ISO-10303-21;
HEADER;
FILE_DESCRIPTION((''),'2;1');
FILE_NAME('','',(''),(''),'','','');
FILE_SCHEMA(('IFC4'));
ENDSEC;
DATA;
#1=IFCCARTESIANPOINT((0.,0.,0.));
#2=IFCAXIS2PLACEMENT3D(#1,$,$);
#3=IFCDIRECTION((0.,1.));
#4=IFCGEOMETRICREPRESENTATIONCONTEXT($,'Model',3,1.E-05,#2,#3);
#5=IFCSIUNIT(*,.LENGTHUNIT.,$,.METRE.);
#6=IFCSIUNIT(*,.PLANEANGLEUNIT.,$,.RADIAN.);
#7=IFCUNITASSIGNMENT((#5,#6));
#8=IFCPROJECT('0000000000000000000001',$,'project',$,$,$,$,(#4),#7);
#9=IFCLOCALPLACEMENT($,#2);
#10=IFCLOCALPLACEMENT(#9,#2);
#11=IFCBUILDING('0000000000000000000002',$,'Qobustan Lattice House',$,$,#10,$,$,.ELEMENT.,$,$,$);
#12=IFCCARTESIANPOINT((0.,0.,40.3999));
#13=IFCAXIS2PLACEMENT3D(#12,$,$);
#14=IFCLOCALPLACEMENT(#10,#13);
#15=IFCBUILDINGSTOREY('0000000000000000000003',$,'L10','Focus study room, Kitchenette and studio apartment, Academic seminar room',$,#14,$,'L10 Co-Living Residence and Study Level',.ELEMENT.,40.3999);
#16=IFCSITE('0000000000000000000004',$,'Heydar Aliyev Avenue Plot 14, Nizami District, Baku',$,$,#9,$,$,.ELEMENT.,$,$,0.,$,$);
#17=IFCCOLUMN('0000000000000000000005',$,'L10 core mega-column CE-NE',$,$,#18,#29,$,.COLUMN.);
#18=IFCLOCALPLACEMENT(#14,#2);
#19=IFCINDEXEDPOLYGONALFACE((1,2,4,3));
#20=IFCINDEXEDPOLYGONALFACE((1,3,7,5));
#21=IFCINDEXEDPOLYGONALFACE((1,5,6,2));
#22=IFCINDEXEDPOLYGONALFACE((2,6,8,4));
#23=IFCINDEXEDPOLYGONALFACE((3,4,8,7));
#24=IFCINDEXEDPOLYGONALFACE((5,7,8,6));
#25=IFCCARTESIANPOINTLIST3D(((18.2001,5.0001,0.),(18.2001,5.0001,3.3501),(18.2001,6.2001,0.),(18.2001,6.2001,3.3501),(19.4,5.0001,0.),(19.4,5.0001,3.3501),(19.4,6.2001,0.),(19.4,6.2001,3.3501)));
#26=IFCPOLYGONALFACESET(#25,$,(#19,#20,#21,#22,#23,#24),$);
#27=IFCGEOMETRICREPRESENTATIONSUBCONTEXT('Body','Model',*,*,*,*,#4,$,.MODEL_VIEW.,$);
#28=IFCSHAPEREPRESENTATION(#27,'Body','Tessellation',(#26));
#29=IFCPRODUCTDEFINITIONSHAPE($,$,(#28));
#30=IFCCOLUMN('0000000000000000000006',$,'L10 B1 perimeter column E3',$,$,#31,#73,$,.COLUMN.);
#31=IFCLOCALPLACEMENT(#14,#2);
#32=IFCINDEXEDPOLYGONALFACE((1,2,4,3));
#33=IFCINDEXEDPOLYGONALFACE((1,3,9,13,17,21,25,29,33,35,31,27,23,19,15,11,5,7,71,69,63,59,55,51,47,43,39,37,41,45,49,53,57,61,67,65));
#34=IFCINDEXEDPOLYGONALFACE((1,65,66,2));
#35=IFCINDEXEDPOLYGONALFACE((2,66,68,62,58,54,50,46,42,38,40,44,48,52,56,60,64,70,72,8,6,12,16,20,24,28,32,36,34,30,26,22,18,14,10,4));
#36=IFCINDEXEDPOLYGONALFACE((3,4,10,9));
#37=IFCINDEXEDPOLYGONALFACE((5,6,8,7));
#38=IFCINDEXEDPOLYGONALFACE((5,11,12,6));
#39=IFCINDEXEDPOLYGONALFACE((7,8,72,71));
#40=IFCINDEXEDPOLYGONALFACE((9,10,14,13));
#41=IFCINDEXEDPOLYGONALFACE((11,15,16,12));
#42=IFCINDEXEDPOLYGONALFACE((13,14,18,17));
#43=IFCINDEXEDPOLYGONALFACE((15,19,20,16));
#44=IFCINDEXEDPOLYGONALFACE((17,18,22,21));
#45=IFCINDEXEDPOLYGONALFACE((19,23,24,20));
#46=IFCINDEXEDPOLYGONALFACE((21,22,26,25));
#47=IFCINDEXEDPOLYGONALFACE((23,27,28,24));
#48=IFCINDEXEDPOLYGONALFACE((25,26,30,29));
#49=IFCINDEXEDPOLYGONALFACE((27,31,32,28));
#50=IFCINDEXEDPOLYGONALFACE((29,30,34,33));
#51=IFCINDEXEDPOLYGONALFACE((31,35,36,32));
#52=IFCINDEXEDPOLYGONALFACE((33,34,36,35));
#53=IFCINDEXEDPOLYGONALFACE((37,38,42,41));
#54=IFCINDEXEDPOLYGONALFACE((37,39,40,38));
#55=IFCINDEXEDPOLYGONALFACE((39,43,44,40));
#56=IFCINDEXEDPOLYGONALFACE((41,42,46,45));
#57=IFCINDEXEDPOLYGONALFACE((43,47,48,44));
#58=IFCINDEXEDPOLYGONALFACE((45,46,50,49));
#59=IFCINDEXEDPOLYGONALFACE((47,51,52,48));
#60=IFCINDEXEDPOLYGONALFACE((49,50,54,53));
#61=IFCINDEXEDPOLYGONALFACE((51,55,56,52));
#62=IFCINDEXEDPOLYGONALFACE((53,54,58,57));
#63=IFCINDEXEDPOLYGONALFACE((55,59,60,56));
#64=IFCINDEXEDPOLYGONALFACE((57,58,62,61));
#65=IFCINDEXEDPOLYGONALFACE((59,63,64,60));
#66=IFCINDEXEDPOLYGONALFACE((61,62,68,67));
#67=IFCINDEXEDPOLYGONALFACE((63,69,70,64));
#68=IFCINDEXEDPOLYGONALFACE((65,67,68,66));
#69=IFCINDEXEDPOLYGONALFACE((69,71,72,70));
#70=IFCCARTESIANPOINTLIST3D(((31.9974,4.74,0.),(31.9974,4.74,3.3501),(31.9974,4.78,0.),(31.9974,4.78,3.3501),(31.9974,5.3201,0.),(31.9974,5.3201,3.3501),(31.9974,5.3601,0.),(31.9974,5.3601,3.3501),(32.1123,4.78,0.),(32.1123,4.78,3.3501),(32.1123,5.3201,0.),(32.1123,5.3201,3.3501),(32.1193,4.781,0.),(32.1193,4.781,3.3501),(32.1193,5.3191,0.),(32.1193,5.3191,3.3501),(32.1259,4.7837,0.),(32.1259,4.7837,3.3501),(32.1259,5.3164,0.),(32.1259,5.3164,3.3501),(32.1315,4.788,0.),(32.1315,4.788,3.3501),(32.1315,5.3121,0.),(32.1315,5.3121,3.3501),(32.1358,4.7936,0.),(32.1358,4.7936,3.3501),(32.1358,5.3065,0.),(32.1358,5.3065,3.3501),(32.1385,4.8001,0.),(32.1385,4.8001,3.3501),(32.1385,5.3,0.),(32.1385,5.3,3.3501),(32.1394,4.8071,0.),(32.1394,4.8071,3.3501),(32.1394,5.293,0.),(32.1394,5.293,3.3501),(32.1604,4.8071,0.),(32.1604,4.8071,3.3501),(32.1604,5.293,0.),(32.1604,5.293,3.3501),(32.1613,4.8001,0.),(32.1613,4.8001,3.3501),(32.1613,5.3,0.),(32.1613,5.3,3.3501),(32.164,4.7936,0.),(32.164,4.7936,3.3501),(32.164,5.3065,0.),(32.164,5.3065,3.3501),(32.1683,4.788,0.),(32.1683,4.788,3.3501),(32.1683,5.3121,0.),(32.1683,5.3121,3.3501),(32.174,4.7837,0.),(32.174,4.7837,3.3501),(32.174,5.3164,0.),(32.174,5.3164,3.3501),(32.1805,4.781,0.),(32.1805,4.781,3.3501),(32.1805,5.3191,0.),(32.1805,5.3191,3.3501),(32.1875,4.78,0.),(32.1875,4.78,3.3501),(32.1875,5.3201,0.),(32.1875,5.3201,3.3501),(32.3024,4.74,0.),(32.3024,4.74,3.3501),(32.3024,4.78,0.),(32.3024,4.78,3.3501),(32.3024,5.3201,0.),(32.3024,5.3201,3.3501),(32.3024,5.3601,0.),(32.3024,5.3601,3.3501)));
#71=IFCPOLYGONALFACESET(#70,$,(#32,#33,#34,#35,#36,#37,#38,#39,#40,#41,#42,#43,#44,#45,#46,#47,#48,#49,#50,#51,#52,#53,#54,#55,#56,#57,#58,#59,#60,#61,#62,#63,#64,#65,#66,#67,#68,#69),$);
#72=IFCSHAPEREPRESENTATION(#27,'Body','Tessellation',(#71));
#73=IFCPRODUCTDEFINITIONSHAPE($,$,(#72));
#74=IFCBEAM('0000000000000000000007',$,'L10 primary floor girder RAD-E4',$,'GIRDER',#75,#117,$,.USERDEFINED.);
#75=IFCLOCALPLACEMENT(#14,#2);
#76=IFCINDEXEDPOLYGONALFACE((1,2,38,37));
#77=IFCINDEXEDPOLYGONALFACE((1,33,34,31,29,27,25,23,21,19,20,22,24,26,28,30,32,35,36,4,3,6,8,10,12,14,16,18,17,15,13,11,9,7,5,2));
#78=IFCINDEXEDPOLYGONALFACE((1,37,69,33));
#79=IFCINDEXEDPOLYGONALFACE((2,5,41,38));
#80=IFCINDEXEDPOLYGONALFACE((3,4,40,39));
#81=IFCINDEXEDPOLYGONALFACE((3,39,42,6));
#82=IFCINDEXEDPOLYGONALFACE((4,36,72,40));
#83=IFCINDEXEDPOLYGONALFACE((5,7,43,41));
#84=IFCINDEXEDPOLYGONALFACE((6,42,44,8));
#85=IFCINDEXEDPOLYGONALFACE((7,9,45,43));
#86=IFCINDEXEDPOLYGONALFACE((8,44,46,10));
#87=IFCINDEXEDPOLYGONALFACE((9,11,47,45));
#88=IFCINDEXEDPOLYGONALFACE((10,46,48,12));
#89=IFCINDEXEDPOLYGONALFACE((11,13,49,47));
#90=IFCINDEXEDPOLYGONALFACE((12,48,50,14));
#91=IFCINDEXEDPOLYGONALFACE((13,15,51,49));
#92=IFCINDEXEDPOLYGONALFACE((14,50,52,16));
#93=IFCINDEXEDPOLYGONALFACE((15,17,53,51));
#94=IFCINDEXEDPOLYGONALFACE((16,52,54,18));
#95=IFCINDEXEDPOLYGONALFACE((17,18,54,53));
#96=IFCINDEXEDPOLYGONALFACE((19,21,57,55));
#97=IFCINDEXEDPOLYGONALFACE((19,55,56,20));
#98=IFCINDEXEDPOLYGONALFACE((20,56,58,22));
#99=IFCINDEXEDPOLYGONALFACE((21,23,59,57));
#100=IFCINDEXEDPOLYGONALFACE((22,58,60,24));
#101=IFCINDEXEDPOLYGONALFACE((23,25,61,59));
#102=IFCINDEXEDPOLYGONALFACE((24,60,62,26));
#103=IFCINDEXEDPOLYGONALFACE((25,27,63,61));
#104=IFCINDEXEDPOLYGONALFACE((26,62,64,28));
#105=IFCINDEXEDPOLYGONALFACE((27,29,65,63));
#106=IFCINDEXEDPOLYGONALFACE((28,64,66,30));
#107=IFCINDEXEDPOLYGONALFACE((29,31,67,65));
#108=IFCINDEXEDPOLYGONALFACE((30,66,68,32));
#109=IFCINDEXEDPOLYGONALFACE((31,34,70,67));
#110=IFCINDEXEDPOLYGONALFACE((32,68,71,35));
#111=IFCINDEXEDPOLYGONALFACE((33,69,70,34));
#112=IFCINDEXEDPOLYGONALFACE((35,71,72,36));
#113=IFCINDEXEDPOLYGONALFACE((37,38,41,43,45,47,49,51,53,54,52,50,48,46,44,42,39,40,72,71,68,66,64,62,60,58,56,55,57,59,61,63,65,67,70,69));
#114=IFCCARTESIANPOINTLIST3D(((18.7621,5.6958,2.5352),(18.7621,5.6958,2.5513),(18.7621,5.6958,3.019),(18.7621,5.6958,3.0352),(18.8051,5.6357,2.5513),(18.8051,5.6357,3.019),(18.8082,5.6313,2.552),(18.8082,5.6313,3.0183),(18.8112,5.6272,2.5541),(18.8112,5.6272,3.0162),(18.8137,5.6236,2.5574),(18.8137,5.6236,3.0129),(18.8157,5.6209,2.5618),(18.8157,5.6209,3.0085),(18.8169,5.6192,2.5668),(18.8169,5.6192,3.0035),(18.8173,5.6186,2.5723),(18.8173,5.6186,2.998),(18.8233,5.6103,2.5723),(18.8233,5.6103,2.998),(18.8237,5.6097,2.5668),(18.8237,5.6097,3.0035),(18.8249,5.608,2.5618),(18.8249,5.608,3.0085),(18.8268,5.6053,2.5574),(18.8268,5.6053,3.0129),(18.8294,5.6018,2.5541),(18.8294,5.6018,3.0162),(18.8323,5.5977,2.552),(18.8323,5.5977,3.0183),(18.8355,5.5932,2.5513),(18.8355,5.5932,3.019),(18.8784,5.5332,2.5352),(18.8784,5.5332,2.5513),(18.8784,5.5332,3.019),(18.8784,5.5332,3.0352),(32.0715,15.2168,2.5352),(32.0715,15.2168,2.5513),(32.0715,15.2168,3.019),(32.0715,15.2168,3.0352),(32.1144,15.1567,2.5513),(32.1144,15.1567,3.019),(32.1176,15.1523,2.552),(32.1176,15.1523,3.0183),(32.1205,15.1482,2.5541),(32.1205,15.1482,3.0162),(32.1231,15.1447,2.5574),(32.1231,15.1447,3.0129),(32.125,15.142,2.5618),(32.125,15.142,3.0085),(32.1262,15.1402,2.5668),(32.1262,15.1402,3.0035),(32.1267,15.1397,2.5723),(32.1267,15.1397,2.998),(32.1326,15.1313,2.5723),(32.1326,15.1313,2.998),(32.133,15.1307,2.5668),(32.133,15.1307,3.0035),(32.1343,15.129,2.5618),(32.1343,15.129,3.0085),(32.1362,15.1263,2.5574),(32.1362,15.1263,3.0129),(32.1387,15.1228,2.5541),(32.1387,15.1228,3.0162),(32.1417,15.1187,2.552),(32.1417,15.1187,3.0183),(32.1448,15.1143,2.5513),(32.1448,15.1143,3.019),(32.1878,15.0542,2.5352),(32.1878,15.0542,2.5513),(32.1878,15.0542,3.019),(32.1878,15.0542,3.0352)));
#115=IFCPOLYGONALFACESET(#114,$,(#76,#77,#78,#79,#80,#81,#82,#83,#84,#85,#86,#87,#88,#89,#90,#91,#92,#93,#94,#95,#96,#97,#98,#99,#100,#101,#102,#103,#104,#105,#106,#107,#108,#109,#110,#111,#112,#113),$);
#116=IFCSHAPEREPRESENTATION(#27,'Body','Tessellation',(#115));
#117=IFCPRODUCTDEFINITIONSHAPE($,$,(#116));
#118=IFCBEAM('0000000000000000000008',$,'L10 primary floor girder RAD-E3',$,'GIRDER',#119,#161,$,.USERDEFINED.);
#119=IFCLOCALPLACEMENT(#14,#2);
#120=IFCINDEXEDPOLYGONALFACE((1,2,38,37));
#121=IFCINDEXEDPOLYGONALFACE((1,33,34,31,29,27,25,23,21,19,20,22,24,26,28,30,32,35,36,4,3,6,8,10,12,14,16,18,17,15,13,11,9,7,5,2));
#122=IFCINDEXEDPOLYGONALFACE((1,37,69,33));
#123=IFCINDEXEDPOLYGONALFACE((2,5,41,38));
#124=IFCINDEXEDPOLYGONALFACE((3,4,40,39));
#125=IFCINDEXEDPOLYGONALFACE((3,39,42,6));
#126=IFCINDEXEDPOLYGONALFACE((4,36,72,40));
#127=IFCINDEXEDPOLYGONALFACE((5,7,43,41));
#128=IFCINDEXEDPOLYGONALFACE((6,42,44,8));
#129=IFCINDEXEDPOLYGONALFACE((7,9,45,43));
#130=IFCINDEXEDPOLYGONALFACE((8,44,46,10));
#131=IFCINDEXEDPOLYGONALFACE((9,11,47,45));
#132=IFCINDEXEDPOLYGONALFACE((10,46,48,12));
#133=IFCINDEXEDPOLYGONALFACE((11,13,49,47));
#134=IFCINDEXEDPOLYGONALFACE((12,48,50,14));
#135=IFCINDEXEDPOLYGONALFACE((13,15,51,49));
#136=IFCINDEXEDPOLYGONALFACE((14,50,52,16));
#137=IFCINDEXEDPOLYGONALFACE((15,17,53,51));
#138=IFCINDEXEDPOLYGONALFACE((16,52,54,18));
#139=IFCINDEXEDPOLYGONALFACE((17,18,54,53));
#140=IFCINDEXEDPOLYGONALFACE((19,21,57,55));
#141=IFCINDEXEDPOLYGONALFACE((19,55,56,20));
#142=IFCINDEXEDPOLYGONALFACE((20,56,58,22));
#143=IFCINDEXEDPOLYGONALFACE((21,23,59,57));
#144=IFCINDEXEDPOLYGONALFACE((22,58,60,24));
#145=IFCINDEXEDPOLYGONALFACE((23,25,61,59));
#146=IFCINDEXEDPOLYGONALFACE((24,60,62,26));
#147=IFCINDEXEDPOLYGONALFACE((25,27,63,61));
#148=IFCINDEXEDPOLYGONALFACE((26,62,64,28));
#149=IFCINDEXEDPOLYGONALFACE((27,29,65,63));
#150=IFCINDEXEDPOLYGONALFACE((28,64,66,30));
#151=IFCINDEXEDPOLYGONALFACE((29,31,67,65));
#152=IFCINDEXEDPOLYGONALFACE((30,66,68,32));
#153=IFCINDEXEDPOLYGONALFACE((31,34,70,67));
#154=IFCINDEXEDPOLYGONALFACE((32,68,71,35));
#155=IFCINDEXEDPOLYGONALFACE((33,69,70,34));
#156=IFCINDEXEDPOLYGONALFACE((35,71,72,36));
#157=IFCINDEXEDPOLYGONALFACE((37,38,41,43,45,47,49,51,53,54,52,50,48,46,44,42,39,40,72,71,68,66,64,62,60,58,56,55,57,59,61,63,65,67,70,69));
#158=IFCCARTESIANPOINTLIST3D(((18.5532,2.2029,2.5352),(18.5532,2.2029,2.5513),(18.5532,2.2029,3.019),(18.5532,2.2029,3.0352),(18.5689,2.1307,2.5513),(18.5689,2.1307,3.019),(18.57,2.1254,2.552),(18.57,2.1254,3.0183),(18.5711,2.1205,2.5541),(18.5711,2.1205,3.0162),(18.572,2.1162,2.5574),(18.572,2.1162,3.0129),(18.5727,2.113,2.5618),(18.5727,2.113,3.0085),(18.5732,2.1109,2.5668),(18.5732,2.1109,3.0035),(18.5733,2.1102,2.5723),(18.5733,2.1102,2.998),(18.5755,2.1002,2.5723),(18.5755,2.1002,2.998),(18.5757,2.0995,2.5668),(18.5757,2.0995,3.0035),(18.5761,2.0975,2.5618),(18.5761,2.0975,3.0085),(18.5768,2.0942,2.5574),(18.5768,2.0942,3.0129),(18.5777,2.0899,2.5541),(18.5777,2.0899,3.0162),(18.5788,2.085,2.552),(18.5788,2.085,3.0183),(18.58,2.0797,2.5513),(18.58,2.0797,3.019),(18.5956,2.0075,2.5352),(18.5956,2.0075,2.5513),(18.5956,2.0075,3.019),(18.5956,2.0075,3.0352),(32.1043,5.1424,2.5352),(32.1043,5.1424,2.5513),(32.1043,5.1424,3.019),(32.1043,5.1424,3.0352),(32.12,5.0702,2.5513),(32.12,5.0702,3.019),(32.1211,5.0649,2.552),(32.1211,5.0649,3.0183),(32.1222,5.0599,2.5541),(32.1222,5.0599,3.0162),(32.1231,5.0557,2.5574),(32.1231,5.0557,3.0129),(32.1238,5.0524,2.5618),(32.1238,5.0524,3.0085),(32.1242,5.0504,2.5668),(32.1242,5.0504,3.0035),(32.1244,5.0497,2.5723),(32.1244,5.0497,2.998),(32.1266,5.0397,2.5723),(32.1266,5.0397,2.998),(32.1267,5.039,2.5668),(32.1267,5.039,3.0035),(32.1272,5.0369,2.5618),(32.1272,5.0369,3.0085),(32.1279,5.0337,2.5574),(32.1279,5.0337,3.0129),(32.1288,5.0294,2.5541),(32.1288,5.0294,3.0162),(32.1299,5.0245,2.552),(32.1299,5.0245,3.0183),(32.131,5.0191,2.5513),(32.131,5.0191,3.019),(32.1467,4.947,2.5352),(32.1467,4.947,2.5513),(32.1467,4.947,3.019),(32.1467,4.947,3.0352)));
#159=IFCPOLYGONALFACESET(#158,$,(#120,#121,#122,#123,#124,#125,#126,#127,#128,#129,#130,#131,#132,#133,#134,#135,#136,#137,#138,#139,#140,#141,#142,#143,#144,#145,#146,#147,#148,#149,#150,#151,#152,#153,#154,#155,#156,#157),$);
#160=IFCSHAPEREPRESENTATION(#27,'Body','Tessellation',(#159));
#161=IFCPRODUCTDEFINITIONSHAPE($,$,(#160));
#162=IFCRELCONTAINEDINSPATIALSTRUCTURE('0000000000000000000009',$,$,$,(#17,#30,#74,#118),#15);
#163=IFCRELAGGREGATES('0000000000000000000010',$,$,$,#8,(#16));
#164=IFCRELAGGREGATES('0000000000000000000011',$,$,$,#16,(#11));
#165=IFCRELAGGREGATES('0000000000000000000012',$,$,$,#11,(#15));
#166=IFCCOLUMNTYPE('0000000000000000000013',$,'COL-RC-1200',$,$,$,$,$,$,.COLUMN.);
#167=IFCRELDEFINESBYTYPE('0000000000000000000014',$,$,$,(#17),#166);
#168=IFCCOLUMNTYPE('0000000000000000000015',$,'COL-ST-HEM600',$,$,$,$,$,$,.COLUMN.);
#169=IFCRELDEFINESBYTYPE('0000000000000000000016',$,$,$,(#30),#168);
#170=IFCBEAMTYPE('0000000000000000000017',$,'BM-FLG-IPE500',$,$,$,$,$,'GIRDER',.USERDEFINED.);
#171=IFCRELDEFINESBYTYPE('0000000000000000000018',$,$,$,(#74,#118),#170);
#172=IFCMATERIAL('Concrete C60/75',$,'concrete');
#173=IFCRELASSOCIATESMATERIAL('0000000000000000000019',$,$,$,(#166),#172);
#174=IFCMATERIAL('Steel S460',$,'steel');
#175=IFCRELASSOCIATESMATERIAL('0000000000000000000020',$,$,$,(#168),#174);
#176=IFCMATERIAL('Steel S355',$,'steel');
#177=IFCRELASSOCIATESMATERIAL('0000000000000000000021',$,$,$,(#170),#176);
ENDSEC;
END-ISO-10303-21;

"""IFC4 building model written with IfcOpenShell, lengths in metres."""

from ifc_helpers import new_model, si_unit, direction, frame, origin, origin_2d, place, context, subcontext, project, spatial, rectangle, i_section, extrude, material, material_profile, profile_set, type_object, element, save


model = new_model("IFC4")

# Units and contexts
model_context = context("Model", 3, precision=1e-05, world=origin(), true_north=direction((0.0, 1.0)))
body_context = subcontext(model_context, "Body", "Model", "MODEL_VIEW")
ifc_project = project(units=[si_unit("LENGTHUNIT", "METRE"), si_unit("PLANEANGLEUNIT", "RADIAN")], contexts=[model_context])

# Site, building, storey
site_placement = place(None, origin())
site = spatial("IfcSite", under=ifc_project, at=site_placement, Name="Heydar Aliyev Avenue Plot 14, Nizami District, Baku", CompositionType="ELEMENT", RefElevation=0.0)
building_placement = place(site_placement, origin())
building = spatial("IfcBuilding", under=site, at=building_placement, Name="Qobustan Lattice House", CompositionType="ELEMENT")
storey_placement = place(building_placement, frame((0.0, 0.0, 40.3999)))
storey = spatial("IfcBuildingStorey", under=building, at=storey_placement, Name="L10", Description="Focus study room, Kitchenette and studio apartment, Academic seminar room", LongName="L10 Co-Living Residence and Study Level", CompositionType="ELEMENT", Elevation=40.3999)

# Columns
ifc_material_1 = material(Name="Concrete C60/75", Category="concrete")
ifc_material_profile_1 = material_profile(ifc_material_1, rectangle(XDim=1.2, YDim=1.2, at=origin_2d()), Name="RC1200x1200")
ifc_profile_set_1 = profile_set([ifc_material_profile_1], Name="Concrete C60/75")
column_type_1 = type_object("IfcColumnType", Name="COL-RC-1200", PredefinedType="COLUMN", material=ifc_profile_set_1)
column_1_placement = place(storey_placement, frame((18.8, 5.6001, 0.0), z_axis=(0.0, 0.0, 1.0), x_axis=(1.0, 0.0, 0.0)))
element("IfcColumn", 1, at=column_1_placement, inside=storey, type_object=column_type_1, Name="L10 core mega-column CE-NE", PredefinedType="COLUMN", context=body_context, shape_type="SweptSolid", body=[
    extrude(rectangle(XDim=1.2, YDim=1.2, at=origin_2d()), origin(), (0.0, 0.0, 1.0), 3.3501),
])
ifc_material_2 = material(Name="Steel S460", Category="steel")
ifc_material_profile_2 = material_profile(ifc_material_2, i_section(OverallWidth=0.3049, OverallDepth=0.6201, WebThickness=0.021, FlangeThickness=0.04, FilletRadius=0.0271, at=origin_2d()), Name="HEM600")
ifc_profile_set_2 = profile_set([ifc_material_profile_2], Name="Steel S460")
column_type_2 = type_object("IfcColumnType", Name="COL-ST-HEM600", PredefinedType="COLUMN", material=ifc_profile_set_2)
column_2_placement = place(storey_placement, frame((32.1499, 5.05, 0.0), z_axis=(0.0, 0.0, 1.0), x_axis=(1.0, 0.0, 0.0)))
element("IfcColumn", 2, at=column_2_placement, inside=storey, type_object=column_type_2, Name="L10 B1 perimeter column E3", PredefinedType="COLUMN", context=body_context, shape_type="SweptSolid", body=[
    extrude(i_section(OverallWidth=0.3049, OverallDepth=0.6201, WebThickness=0.021, FlangeThickness=0.04, FilletRadius=0.0271, at=origin_2d()), origin(), (0.0, 0.0, 1.0), 3.3501),
])

# Beams
ifc_material_3 = material(Name="Steel S355", Category="steel")
ifc_material_profile_3 = material_profile(ifc_material_3, i_section(OverallWidth=0.2, OverallDepth=0.5, WebThickness=0.0103, FlangeThickness=0.0161, FilletRadius=0.021, at=origin_2d()), Name="IPE500")
ifc_profile_set_3 = profile_set([ifc_material_profile_3], Name="Steel S355")
beam_type_1 = type_object("IfcBeamType", Name="BM-FLG-IPE500", ElementType="GIRDER", PredefinedType="USERDEFINED", material=ifc_profile_set_3)
beam_1_placement = place(storey_placement, frame((32.1296, 15.1355, 2.7852), z_axis=(-0.813319, -0.581818, 0.0), x_axis=(0.581818, -0.813319, 0.0)))
element("IfcBeam", 3, at=beam_1_placement, inside=storey, type_object=beam_type_1, Name="L10 primary floor girder RAD-E4", ObjectType="GIRDER", PredefinedType="USERDEFINED", context=body_context, shape_type="SweptSolid", body=[
    extrude(i_section(OverallWidth=0.2, OverallDepth=0.5, WebThickness=0.0103, FlangeThickness=0.0161, FilletRadius=0.021, at=origin_2d()), origin(), (0.0, 0.0, 1.0), 16.3643),
])
beam_2_placement = place(storey_placement, frame((32.1255, 5.0447, 2.7852), z_axis=(-0.977272, -0.211987, 0.0), x_axis=(0.211987, -0.977272, 0.0)))
element("IfcBeam", 4, at=beam_2_placement, inside=storey, type_object=beam_type_1, Name="L10 primary floor girder RAD-E3", ObjectType="GIRDER", PredefinedType="USERDEFINED", context=body_context, shape_type="SweptSolid", body=[
    extrude(i_section(OverallWidth=0.2, OverallDepth=0.5, WebThickness=0.0103, FlangeThickness=0.0161, FilletRadius=0.021, at=origin_2d()), origin(), (0.0, 0.0, 1.0), 13.8662),
])

save(model, "model.ifc")
